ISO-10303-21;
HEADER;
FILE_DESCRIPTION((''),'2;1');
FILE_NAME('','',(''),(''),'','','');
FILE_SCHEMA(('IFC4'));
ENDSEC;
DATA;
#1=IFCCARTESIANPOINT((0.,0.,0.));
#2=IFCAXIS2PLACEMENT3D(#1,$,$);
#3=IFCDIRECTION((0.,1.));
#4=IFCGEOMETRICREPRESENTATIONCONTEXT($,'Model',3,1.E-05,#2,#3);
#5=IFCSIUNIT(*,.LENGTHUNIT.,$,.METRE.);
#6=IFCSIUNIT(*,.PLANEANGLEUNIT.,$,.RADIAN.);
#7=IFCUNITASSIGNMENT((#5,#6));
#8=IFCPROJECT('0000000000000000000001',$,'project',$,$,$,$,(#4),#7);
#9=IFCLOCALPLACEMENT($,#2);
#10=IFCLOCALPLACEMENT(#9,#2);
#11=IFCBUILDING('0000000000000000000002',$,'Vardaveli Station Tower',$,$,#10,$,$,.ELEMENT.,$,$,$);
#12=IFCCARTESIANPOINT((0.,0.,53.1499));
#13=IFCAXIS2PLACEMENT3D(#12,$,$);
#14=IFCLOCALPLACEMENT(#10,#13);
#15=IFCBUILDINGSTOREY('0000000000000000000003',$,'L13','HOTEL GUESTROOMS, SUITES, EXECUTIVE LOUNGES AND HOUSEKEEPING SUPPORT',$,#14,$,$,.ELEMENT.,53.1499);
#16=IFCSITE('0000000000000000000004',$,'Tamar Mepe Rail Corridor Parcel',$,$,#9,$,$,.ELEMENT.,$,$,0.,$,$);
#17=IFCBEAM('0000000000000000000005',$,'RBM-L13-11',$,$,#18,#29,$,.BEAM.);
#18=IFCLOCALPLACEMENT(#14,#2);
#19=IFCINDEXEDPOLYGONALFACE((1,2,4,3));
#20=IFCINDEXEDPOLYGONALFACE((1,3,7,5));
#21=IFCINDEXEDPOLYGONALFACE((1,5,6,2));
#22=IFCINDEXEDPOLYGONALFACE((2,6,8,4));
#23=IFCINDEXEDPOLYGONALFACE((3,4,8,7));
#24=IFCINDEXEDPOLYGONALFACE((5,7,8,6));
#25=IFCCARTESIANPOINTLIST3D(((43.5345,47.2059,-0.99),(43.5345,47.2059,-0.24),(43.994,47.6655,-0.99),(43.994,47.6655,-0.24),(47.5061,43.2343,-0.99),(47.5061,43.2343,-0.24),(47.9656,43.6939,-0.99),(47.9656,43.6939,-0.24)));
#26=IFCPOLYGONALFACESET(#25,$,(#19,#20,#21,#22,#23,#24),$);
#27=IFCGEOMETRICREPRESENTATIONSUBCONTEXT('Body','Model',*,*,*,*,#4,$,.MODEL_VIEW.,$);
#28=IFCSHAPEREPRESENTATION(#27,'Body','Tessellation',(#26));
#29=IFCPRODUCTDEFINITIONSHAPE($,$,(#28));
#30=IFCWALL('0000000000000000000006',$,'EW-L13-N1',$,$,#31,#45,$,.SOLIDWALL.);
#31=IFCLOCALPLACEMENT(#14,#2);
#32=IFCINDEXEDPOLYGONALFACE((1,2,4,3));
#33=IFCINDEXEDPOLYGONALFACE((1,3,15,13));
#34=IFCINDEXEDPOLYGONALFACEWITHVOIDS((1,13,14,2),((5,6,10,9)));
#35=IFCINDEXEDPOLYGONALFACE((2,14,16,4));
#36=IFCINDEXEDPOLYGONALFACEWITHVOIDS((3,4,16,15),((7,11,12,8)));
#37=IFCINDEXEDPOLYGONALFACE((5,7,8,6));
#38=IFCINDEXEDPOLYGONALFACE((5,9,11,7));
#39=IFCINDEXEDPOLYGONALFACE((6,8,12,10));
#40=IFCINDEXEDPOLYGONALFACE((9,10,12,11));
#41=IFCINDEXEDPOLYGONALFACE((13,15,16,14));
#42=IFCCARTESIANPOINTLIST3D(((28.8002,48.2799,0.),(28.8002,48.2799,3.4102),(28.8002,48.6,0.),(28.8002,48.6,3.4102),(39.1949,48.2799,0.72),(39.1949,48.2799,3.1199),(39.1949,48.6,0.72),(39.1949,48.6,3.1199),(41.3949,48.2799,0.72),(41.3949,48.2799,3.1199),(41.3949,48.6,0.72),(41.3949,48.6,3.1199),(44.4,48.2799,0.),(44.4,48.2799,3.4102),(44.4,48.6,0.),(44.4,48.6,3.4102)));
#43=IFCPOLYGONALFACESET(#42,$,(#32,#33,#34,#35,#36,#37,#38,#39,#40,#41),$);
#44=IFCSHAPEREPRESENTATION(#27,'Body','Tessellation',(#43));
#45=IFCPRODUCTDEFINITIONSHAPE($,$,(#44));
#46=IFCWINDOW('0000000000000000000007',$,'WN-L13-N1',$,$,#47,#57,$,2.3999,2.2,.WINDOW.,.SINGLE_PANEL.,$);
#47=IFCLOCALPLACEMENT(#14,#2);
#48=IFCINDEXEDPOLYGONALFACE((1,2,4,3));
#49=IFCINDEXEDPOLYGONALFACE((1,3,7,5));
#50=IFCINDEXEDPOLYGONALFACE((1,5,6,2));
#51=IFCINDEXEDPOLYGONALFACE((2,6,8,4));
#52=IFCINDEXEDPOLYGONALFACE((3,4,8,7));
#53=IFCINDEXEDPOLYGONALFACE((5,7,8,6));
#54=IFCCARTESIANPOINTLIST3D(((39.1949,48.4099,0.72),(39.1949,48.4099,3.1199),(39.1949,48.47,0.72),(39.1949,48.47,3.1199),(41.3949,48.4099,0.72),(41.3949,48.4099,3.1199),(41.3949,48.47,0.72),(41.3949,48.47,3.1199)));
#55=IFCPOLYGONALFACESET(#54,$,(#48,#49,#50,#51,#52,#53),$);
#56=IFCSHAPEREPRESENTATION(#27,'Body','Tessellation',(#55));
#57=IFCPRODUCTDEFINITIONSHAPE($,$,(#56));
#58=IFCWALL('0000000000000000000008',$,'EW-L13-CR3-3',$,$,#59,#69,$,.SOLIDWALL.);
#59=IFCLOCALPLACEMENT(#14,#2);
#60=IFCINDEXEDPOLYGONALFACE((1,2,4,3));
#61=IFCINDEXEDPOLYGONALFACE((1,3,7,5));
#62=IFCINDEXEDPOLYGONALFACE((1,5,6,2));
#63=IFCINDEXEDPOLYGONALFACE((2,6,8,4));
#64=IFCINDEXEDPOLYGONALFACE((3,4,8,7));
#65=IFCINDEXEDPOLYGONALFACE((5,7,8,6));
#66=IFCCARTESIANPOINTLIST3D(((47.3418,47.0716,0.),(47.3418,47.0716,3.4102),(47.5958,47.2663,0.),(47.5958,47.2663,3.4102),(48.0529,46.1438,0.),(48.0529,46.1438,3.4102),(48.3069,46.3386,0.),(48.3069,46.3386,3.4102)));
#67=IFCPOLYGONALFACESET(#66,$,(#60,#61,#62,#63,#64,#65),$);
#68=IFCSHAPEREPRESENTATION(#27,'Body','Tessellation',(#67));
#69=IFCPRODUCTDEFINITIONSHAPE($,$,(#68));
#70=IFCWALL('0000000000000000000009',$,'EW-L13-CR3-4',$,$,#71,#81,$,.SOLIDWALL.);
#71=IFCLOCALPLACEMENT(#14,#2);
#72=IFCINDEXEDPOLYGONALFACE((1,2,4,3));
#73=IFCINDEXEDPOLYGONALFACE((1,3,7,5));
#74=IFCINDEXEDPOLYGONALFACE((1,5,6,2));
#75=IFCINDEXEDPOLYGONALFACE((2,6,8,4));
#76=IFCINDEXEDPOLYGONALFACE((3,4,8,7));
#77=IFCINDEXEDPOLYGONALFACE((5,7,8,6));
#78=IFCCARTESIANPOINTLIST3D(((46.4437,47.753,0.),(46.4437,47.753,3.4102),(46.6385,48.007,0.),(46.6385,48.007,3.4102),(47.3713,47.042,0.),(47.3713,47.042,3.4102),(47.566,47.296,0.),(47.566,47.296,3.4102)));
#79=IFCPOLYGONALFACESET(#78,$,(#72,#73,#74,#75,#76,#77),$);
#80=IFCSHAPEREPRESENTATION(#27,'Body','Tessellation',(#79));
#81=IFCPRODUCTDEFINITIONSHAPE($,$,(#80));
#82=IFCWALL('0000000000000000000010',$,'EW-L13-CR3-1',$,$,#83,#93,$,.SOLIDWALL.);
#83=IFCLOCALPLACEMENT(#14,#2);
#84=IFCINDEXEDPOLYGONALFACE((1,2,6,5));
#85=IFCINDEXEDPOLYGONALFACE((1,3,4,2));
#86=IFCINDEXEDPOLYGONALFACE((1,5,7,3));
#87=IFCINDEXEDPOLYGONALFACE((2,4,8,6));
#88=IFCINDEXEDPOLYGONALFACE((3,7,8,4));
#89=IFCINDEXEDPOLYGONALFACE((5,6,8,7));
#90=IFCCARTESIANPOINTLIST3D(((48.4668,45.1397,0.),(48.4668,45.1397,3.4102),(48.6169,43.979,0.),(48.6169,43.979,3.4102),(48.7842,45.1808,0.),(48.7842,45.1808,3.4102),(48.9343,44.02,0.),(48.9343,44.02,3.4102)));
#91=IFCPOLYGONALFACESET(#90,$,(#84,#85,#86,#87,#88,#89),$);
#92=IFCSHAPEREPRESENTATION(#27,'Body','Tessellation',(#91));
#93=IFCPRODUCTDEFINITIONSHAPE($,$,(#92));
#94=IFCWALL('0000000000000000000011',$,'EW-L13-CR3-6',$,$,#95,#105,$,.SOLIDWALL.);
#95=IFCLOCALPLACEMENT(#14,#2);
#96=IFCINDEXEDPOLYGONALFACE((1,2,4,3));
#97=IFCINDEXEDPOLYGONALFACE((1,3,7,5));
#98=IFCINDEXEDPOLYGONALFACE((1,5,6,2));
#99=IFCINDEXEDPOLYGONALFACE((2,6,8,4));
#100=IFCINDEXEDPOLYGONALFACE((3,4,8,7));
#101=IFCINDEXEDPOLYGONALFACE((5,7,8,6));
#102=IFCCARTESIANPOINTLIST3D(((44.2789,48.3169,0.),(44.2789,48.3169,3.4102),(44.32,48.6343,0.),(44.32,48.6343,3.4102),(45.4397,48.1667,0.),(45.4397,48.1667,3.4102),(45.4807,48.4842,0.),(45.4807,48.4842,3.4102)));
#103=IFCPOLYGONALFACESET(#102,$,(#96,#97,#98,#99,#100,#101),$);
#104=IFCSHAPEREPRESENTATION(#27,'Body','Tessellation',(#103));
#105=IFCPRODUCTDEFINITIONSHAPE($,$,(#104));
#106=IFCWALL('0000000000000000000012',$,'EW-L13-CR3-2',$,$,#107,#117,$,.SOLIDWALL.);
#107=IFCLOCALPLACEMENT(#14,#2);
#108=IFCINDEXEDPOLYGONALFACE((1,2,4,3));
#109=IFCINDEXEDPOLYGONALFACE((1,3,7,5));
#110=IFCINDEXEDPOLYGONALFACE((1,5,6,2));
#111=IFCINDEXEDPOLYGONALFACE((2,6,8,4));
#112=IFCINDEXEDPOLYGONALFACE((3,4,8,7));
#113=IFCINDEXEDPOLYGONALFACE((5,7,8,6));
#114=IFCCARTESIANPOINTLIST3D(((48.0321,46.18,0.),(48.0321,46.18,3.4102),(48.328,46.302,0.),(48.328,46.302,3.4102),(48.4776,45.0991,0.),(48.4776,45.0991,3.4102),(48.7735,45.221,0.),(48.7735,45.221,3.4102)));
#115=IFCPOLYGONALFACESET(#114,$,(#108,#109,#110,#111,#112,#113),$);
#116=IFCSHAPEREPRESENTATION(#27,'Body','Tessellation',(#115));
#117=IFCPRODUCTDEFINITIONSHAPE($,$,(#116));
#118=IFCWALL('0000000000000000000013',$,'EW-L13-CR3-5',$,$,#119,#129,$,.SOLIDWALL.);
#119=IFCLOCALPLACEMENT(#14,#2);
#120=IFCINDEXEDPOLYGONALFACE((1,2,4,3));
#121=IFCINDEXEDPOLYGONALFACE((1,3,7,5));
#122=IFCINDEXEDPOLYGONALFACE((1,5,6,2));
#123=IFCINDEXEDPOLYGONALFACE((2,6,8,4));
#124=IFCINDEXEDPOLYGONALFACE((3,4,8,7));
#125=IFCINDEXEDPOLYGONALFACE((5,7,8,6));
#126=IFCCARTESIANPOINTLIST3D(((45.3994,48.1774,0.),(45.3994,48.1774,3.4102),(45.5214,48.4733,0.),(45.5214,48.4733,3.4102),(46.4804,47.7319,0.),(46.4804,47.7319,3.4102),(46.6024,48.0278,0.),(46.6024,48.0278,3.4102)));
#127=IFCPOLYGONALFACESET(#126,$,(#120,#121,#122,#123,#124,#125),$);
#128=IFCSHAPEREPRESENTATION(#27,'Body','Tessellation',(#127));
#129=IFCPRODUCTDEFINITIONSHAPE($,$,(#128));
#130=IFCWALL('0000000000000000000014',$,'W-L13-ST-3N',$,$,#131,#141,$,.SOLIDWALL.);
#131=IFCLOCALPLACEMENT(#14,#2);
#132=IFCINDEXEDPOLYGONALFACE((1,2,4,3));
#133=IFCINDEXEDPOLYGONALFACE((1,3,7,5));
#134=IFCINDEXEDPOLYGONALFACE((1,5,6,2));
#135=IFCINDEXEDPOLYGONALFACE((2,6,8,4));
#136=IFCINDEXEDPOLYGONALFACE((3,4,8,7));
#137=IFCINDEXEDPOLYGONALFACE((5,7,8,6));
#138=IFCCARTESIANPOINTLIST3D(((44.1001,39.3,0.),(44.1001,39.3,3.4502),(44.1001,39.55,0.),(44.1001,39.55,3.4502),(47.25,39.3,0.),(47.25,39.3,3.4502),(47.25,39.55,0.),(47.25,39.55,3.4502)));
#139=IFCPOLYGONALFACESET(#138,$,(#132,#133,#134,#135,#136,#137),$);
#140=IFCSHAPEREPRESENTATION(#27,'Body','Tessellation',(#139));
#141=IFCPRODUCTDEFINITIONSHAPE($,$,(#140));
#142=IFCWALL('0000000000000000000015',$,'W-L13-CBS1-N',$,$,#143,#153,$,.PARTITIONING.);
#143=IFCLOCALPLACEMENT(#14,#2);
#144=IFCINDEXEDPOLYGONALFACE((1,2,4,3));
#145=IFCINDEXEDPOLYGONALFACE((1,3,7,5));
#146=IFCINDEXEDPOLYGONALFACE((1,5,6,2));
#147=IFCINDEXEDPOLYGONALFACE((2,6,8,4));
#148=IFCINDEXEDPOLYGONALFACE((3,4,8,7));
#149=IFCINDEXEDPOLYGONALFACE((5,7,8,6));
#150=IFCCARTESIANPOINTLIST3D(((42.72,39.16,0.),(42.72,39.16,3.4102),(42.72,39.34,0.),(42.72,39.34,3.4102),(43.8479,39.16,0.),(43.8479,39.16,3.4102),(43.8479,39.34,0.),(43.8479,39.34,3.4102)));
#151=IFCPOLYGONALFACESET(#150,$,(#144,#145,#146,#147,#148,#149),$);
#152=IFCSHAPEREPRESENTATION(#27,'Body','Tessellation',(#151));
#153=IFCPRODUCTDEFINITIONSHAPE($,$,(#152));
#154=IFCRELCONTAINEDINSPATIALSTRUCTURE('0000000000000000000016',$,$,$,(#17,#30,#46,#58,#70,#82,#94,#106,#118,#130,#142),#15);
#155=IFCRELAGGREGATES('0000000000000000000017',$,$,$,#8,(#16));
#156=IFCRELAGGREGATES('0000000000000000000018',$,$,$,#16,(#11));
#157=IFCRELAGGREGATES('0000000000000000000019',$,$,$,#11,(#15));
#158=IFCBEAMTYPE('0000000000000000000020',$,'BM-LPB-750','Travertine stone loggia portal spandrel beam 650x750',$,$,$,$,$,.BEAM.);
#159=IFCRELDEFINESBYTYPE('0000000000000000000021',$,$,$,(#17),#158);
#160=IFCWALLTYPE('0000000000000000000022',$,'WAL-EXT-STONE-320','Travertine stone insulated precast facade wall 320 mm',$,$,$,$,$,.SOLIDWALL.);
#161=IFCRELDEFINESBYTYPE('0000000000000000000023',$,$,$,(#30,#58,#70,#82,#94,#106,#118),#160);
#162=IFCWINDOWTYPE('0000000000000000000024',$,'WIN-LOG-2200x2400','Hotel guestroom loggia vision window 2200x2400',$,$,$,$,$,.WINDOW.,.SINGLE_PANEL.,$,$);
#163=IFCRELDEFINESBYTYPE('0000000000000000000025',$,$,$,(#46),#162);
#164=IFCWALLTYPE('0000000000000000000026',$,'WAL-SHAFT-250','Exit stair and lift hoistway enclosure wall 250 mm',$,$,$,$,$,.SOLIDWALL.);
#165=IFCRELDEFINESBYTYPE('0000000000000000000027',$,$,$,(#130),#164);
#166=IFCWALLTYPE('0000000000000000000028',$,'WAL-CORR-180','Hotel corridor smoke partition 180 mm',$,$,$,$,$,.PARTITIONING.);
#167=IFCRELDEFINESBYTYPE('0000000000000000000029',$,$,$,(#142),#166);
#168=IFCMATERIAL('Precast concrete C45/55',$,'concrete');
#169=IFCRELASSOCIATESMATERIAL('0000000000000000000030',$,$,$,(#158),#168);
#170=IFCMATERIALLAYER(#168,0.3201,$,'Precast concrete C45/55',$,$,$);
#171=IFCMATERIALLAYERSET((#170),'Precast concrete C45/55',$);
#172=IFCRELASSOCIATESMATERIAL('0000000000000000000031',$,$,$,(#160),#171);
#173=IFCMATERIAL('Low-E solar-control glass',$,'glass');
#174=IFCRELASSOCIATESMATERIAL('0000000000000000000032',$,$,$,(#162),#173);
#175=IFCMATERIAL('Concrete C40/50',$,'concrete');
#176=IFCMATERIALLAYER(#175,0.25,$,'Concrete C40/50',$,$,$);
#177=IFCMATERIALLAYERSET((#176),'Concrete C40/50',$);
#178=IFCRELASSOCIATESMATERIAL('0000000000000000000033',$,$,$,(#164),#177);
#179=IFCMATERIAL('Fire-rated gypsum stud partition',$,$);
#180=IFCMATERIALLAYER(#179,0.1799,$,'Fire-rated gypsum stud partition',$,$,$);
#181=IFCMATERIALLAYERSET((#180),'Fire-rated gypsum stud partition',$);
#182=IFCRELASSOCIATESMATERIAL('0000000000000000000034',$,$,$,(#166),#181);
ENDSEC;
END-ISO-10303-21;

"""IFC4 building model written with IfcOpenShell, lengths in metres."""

from ifc_helpers import new_model, si_unit, direction, frame, frame_2d, origin, origin_2d, place, context, subcontext, project, spatial, rectangle, extrude, source, transform, mapped, material, layer, layer_set, material_profile, profile_set, type_object, element, fill, save


model = new_model("IFC4")

# Units and contexts
model_context = context("Model", 3, precision=1e-05, world=origin(), true_north=direction((0.0, 1.0)))
body_context = subcontext(model_context, "Body", "Model", "MODEL_VIEW")
ifc_project = project(units=[si_unit("LENGTHUNIT", "METRE"), si_unit("PLANEANGLEUNIT", "RADIAN")], contexts=[model_context])

# Site, building, storey
site_placement = place(None, origin())
site = spatial("IfcSite", under=ifc_project, at=site_placement, Name="Tamar Mepe Rail Corridor Parcel", CompositionType="ELEMENT", RefElevation=0.0)
building_placement = place(site_placement, origin())
building = spatial("IfcBuilding", under=site, at=building_placement, Name="Vardaveli Station Tower", CompositionType="ELEMENT")
storey_placement = place(building_placement, frame((0.0, 0.0, 53.1499)))
storey = spatial("IfcBuildingStorey", under=building, at=storey_placement, Name="L13", Description="HOTEL GUESTROOMS, SUITES, EXECUTIVE LOUNGES AND HOUSEKEEPING SUPPORT", CompositionType="ELEMENT", Elevation=53.1499)

# Beam
ifc_material_1 = material(Name="Precast concrete C45/55", Category="concrete")
ifc_material_profile_1 = material_profile(ifc_material_1, rectangle(XDim=0.6499, YDim=0.75, at=origin_2d()), Name="LPB 650x750")
ifc_profile_set_1 = profile_set([ifc_material_profile_1], Name="Precast concrete C45/55")
beam_type = type_object("IfcBeamType", Name="BM-LPB-750", Description="Travertine stone loggia portal spandrel beam 650x750", PredefinedType="BEAM", material=ifc_profile_set_1)
shared_shape_1 = source(origin(), body_context, "Body", "SweptSolid", [
    extrude(rectangle(XDim=0.6499, YDim=0.75, at=origin_2d()), origin(), (0.0, 0.0, 1.0), 5.6167),
])
beam_placement = place(storey_placement, frame((47.7358, 43.4641, -0.615), z_axis=(-0.707107, 0.707107, 0.0), x_axis=(-0.707107, -0.707107, 0.0)))
element("IfcBeam", 1, at=beam_placement, inside=storey, type_object=beam_type, Name="RBM-L13-11", PredefinedType="BEAM", context=body_context, shape_type="MappedRepresentation", body=[
    mapped(shared_shape_1, transform((0.0, 0.0, 0.0), scale=1.0)),
])

# Wall, opening, window
ifc_layer_1 = layer(ifc_material_1, 0.3201, Name="Precast concrete C45/55")
ifc_layer_set_1 = layer_set([ifc_layer_1], Name="Precast concrete C45/55")
wall_type_1 = type_object("IfcWallType", Name="WAL-EXT-STONE-320", Description="Travertine stone insulated precast facade wall 320 mm", PredefinedType="SOLIDWALL", material=ifc_layer_set_1)
shared_shape_2 = source(origin(), body_context, "Body", "SweptSolid", [
    extrude(rectangle(XDim=15.5999, YDim=0.3201, at=frame_2d((7.7998, 0.0))), origin(), (0.0, 0.0, 1.0), 3.4102),
])
wall_1_placement = place(storey_placement, frame((44.3999, 48.4399, 0.0), z_axis=(0.0, 0.0, 1.0), x_axis=(-1.0, 0.0, 0.0)))
wall_1 = element("IfcWall", 2, at=wall_1_placement, inside=storey, type_object=wall_type_1, Name="EW-L13-N1", PredefinedType="SOLIDWALL", context=body_context, shape_type="MappedRepresentation", body=[
    mapped(shared_shape_2, transform((0.0, 0.0, 0.0), scale=1.0)),
])
shared_shape_3 = source(origin(), body_context, "Body", "SweptSolid", [
    extrude(rectangle(XDim=2.2, YDim=2.3999, at=frame_2d((1.1001, 1.2))), frame((0.0, 0.1699, 0.0), z_axis=(0.0, -1.0, 0.0), x_axis=(1.0, 0.0, 0.0)), (0.0, 0.0, 1.0), 0.3401),
])
opening_placement = place(wall_1_placement, frame((3.0049, 0.0, 0.72)))
opening = element("IfcOpeningElement", 3, at=opening_placement, cuts=wall_1, PredefinedType="OPENING", context=body_context, shape_type="MappedRepresentation", body=[
    mapped(shared_shape_3, transform((0.0, 0.0, 0.0), scale=1.0)),
])
ifc_material_2 = material(Name="Low-E solar-control glass", Category="glass")
window_type = type_object("IfcWindowType", Name="WIN-LOG-2200x2400", Description="Hotel guestroom loggia vision window 2200x2400", PartitioningType="SINGLE_PANEL", PredefinedType="WINDOW", material=ifc_material_2)
shared_shape_4 = source(origin(), body_context, "Body", "SweptSolid", [
    extrude(rectangle(XDim=2.2, YDim=2.3999, at=frame_2d((1.1001, 1.2))), frame((0.0, 0.03, 0.0), z_axis=(0.0, -1.0, 0.0), x_axis=(1.0, 0.0, 0.0)), (0.0, 0.0, 1.0), 0.0601),
])
window_placement = place(opening_placement, origin())
window = element("IfcWindow", 4, at=window_placement, inside=storey, type_object=window_type, Name="WN-L13-N1", OverallHeight=2.3999, OverallWidth=2.2, PartitioningType="SINGLE_PANEL", PredefinedType="WINDOW", context=body_context, shape_type="MappedRepresentation", body=[
    mapped(shared_shape_4, transform((0.0, 0.0, 0.0), scale=1.0)),
])
fill(opening, window)

# Walls
shared_shape_5 = source(origin(), body_context, "Body", "SweptSolid", [
    extrude(rectangle(XDim=1.1689, YDim=0.3201, at=frame_2d((0.5845, 0.0))), origin(), (0.0, 0.0, 1.0), 3.4102),
])
wall_2_placement = place(storey_placement, frame((48.1799, 46.2412, 0.0), z_axis=(0.0, 0.0, 1.0), x_axis=(-0.608388, 0.79364, 0.0)))
element("IfcWall", 5, at=wall_2_placement, inside=storey, type_object=wall_type_1, Name="EW-L13-CR3-3", PredefinedType="SOLIDWALL", context=body_context, shape_type="MappedRepresentation", body=[
    mapped(shared_shape_5, transform((0.0, 0.0, 0.0), scale=1.0)),
])
shared_shape_6 = source(origin(), body_context, "Body", "SweptSolid", [
    extrude(rectangle(XDim=1.1687, YDim=0.3201, at=frame_2d((0.5845, 0.0))), origin(), (0.0, 0.0, 1.0), 3.4102),
])
wall_3_placement = place(storey_placement, frame((47.4688, 47.1689, 0.0), z_axis=(0.0, 0.0, 1.0), x_axis=(-0.793664, 0.608357, 0.0)))
element("IfcWall", 6, at=wall_3_placement, inside=storey, type_object=wall_type_1, Name="EW-L13-CR3-4", PredefinedType="SOLIDWALL", context=body_context, shape_type="MappedRepresentation", body=[
    mapped(shared_shape_6, transform((0.0, 0.0, 0.0), scale=1.0)),
])
shared_shape_7 = source(origin(), body_context, "Body", "SweptSolid", [
    extrude(rectangle(XDim=1.1704, YDim=0.3201, at=frame_2d((0.5852, 0.0))), origin(), (0.0, 0.0, 1.0), 3.4102),
])
for number, where, z_axis, x_axis, name in (
    (7, (48.7756, 43.9995, 0.0), (0.0, 0.0, 1.0), (-0.128296, 0.991736, 0.0), "EW-L13-CR3-1"),
    (8, (45.4602, 48.3254, 0.0), (0.0, 0.0, 1.0), (-0.991736, 0.128296, 0.0), "EW-L13-CR3-6"),
):
    element("IfcWall", number, at=place(storey_placement, frame(where, z_axis=z_axis, x_axis=x_axis)), inside=storey, type_object=wall_type_1, Name=name, PredefinedType="SOLIDWALL", context=body_context, shape_type="MappedRepresentation", body=[
        mapped(shared_shape_7, transform((0.0, 0.0, 0.0), scale=1.0)),
    ])
shared_shape_8 = source(origin(), body_context, "Body", "SweptSolid", [
    extrude(rectangle(XDim=1.1692, YDim=0.3201, at=frame_2d((0.5845, 0.0))), origin(), (0.0, 0.0, 1.0), 3.4102),
])
for number, where, z_axis, x_axis, name in (
    (9, (48.6255, 45.1602, 0.0), (0.0, 0.0, 1.0), (-0.381054, 0.924553, 0.0), "EW-L13-CR3-2"),
    (10, (46.5413, 47.8799, 0.0), (0.0, 0.0, 1.0), (-0.924553, 0.381054, 0.0), "EW-L13-CR3-5"),
):
    element("IfcWall", number, at=place(storey_placement, frame(where, z_axis=z_axis, x_axis=x_axis)), inside=storey, type_object=wall_type_1, Name=name, PredefinedType="SOLIDWALL", context=body_context, shape_type="MappedRepresentation", body=[
        mapped(shared_shape_8, transform((0.0, 0.0, 0.0), scale=1.0)),
    ])
ifc_material_3 = material(Name="Concrete C40/50", Category="concrete")
ifc_layer_2 = layer(ifc_material_3, 0.25, Name="Concrete C40/50")
ifc_layer_set_2 = layer_set([ifc_layer_2], Name="Concrete C40/50")
wall_type_2 = type_object("IfcWallType", Name="WAL-SHAFT-250", Description="Exit stair and lift hoistway enclosure wall 250 mm", PredefinedType="SOLIDWALL", material=ifc_layer_set_2)
shared_shape_9 = source(origin(), body_context, "Body", "SweptSolid", [
    extrude(rectangle(XDim=3.1499, YDim=0.25, at=frame_2d((1.575, 0.0))), origin(), (0.0, 0.0, 1.0), 3.4502),
])
wall_4_placement = place(storey_placement, frame((44.1001, 39.425, 0.0), z_axis=(0.0, 0.0, 1.0), x_axis=(1.0, 0.0, 0.0)))
element("IfcWall", 11, at=wall_4_placement, inside=storey, type_object=wall_type_2, Name="W-L13-ST-3N", PredefinedType="SOLIDWALL", context=body_context, shape_type="MappedRepresentation", body=[
    mapped(shared_shape_9, transform((0.0, 0.0, 0.0), scale=1.0)),
])
ifc_material_4 = material(Name="Fire-rated gypsum stud partition")
ifc_layer_3 = layer(ifc_material_4, 0.1799, Name="Fire-rated gypsum stud partition")
ifc_layer_set_3 = layer_set([ifc_layer_3], Name="Fire-rated gypsum stud partition")
wall_type_3 = type_object("IfcWallType", Name="WAL-CORR-180", Description="Hotel corridor smoke partition 180 mm", PredefinedType="PARTITIONING", material=ifc_layer_set_3)
shared_shape_10 = source(origin(), body_context, "Body", "SweptSolid", [
    extrude(rectangle(XDim=1.1279, YDim=0.1799, at=frame_2d((0.564, 0.0))), origin(), (0.0, 0.0, 1.0), 3.4102),
])
wall_5_placement = place(storey_placement, frame((42.72, 39.25, 0.0), z_axis=(0.0, 0.0, 1.0), x_axis=(1.0, 0.0, 0.0)))
element("IfcWall", 12, at=wall_5_placement, inside=storey, type_object=wall_type_3, Name="W-L13-CBS1-N", PredefinedType="PARTITIONING", context=body_context, shape_type="MappedRepresentation", body=[
    mapped(shared_shape_10, transform((0.0, 0.0, 0.0), scale=1.0)),
])

save(model, "model.ifc")
